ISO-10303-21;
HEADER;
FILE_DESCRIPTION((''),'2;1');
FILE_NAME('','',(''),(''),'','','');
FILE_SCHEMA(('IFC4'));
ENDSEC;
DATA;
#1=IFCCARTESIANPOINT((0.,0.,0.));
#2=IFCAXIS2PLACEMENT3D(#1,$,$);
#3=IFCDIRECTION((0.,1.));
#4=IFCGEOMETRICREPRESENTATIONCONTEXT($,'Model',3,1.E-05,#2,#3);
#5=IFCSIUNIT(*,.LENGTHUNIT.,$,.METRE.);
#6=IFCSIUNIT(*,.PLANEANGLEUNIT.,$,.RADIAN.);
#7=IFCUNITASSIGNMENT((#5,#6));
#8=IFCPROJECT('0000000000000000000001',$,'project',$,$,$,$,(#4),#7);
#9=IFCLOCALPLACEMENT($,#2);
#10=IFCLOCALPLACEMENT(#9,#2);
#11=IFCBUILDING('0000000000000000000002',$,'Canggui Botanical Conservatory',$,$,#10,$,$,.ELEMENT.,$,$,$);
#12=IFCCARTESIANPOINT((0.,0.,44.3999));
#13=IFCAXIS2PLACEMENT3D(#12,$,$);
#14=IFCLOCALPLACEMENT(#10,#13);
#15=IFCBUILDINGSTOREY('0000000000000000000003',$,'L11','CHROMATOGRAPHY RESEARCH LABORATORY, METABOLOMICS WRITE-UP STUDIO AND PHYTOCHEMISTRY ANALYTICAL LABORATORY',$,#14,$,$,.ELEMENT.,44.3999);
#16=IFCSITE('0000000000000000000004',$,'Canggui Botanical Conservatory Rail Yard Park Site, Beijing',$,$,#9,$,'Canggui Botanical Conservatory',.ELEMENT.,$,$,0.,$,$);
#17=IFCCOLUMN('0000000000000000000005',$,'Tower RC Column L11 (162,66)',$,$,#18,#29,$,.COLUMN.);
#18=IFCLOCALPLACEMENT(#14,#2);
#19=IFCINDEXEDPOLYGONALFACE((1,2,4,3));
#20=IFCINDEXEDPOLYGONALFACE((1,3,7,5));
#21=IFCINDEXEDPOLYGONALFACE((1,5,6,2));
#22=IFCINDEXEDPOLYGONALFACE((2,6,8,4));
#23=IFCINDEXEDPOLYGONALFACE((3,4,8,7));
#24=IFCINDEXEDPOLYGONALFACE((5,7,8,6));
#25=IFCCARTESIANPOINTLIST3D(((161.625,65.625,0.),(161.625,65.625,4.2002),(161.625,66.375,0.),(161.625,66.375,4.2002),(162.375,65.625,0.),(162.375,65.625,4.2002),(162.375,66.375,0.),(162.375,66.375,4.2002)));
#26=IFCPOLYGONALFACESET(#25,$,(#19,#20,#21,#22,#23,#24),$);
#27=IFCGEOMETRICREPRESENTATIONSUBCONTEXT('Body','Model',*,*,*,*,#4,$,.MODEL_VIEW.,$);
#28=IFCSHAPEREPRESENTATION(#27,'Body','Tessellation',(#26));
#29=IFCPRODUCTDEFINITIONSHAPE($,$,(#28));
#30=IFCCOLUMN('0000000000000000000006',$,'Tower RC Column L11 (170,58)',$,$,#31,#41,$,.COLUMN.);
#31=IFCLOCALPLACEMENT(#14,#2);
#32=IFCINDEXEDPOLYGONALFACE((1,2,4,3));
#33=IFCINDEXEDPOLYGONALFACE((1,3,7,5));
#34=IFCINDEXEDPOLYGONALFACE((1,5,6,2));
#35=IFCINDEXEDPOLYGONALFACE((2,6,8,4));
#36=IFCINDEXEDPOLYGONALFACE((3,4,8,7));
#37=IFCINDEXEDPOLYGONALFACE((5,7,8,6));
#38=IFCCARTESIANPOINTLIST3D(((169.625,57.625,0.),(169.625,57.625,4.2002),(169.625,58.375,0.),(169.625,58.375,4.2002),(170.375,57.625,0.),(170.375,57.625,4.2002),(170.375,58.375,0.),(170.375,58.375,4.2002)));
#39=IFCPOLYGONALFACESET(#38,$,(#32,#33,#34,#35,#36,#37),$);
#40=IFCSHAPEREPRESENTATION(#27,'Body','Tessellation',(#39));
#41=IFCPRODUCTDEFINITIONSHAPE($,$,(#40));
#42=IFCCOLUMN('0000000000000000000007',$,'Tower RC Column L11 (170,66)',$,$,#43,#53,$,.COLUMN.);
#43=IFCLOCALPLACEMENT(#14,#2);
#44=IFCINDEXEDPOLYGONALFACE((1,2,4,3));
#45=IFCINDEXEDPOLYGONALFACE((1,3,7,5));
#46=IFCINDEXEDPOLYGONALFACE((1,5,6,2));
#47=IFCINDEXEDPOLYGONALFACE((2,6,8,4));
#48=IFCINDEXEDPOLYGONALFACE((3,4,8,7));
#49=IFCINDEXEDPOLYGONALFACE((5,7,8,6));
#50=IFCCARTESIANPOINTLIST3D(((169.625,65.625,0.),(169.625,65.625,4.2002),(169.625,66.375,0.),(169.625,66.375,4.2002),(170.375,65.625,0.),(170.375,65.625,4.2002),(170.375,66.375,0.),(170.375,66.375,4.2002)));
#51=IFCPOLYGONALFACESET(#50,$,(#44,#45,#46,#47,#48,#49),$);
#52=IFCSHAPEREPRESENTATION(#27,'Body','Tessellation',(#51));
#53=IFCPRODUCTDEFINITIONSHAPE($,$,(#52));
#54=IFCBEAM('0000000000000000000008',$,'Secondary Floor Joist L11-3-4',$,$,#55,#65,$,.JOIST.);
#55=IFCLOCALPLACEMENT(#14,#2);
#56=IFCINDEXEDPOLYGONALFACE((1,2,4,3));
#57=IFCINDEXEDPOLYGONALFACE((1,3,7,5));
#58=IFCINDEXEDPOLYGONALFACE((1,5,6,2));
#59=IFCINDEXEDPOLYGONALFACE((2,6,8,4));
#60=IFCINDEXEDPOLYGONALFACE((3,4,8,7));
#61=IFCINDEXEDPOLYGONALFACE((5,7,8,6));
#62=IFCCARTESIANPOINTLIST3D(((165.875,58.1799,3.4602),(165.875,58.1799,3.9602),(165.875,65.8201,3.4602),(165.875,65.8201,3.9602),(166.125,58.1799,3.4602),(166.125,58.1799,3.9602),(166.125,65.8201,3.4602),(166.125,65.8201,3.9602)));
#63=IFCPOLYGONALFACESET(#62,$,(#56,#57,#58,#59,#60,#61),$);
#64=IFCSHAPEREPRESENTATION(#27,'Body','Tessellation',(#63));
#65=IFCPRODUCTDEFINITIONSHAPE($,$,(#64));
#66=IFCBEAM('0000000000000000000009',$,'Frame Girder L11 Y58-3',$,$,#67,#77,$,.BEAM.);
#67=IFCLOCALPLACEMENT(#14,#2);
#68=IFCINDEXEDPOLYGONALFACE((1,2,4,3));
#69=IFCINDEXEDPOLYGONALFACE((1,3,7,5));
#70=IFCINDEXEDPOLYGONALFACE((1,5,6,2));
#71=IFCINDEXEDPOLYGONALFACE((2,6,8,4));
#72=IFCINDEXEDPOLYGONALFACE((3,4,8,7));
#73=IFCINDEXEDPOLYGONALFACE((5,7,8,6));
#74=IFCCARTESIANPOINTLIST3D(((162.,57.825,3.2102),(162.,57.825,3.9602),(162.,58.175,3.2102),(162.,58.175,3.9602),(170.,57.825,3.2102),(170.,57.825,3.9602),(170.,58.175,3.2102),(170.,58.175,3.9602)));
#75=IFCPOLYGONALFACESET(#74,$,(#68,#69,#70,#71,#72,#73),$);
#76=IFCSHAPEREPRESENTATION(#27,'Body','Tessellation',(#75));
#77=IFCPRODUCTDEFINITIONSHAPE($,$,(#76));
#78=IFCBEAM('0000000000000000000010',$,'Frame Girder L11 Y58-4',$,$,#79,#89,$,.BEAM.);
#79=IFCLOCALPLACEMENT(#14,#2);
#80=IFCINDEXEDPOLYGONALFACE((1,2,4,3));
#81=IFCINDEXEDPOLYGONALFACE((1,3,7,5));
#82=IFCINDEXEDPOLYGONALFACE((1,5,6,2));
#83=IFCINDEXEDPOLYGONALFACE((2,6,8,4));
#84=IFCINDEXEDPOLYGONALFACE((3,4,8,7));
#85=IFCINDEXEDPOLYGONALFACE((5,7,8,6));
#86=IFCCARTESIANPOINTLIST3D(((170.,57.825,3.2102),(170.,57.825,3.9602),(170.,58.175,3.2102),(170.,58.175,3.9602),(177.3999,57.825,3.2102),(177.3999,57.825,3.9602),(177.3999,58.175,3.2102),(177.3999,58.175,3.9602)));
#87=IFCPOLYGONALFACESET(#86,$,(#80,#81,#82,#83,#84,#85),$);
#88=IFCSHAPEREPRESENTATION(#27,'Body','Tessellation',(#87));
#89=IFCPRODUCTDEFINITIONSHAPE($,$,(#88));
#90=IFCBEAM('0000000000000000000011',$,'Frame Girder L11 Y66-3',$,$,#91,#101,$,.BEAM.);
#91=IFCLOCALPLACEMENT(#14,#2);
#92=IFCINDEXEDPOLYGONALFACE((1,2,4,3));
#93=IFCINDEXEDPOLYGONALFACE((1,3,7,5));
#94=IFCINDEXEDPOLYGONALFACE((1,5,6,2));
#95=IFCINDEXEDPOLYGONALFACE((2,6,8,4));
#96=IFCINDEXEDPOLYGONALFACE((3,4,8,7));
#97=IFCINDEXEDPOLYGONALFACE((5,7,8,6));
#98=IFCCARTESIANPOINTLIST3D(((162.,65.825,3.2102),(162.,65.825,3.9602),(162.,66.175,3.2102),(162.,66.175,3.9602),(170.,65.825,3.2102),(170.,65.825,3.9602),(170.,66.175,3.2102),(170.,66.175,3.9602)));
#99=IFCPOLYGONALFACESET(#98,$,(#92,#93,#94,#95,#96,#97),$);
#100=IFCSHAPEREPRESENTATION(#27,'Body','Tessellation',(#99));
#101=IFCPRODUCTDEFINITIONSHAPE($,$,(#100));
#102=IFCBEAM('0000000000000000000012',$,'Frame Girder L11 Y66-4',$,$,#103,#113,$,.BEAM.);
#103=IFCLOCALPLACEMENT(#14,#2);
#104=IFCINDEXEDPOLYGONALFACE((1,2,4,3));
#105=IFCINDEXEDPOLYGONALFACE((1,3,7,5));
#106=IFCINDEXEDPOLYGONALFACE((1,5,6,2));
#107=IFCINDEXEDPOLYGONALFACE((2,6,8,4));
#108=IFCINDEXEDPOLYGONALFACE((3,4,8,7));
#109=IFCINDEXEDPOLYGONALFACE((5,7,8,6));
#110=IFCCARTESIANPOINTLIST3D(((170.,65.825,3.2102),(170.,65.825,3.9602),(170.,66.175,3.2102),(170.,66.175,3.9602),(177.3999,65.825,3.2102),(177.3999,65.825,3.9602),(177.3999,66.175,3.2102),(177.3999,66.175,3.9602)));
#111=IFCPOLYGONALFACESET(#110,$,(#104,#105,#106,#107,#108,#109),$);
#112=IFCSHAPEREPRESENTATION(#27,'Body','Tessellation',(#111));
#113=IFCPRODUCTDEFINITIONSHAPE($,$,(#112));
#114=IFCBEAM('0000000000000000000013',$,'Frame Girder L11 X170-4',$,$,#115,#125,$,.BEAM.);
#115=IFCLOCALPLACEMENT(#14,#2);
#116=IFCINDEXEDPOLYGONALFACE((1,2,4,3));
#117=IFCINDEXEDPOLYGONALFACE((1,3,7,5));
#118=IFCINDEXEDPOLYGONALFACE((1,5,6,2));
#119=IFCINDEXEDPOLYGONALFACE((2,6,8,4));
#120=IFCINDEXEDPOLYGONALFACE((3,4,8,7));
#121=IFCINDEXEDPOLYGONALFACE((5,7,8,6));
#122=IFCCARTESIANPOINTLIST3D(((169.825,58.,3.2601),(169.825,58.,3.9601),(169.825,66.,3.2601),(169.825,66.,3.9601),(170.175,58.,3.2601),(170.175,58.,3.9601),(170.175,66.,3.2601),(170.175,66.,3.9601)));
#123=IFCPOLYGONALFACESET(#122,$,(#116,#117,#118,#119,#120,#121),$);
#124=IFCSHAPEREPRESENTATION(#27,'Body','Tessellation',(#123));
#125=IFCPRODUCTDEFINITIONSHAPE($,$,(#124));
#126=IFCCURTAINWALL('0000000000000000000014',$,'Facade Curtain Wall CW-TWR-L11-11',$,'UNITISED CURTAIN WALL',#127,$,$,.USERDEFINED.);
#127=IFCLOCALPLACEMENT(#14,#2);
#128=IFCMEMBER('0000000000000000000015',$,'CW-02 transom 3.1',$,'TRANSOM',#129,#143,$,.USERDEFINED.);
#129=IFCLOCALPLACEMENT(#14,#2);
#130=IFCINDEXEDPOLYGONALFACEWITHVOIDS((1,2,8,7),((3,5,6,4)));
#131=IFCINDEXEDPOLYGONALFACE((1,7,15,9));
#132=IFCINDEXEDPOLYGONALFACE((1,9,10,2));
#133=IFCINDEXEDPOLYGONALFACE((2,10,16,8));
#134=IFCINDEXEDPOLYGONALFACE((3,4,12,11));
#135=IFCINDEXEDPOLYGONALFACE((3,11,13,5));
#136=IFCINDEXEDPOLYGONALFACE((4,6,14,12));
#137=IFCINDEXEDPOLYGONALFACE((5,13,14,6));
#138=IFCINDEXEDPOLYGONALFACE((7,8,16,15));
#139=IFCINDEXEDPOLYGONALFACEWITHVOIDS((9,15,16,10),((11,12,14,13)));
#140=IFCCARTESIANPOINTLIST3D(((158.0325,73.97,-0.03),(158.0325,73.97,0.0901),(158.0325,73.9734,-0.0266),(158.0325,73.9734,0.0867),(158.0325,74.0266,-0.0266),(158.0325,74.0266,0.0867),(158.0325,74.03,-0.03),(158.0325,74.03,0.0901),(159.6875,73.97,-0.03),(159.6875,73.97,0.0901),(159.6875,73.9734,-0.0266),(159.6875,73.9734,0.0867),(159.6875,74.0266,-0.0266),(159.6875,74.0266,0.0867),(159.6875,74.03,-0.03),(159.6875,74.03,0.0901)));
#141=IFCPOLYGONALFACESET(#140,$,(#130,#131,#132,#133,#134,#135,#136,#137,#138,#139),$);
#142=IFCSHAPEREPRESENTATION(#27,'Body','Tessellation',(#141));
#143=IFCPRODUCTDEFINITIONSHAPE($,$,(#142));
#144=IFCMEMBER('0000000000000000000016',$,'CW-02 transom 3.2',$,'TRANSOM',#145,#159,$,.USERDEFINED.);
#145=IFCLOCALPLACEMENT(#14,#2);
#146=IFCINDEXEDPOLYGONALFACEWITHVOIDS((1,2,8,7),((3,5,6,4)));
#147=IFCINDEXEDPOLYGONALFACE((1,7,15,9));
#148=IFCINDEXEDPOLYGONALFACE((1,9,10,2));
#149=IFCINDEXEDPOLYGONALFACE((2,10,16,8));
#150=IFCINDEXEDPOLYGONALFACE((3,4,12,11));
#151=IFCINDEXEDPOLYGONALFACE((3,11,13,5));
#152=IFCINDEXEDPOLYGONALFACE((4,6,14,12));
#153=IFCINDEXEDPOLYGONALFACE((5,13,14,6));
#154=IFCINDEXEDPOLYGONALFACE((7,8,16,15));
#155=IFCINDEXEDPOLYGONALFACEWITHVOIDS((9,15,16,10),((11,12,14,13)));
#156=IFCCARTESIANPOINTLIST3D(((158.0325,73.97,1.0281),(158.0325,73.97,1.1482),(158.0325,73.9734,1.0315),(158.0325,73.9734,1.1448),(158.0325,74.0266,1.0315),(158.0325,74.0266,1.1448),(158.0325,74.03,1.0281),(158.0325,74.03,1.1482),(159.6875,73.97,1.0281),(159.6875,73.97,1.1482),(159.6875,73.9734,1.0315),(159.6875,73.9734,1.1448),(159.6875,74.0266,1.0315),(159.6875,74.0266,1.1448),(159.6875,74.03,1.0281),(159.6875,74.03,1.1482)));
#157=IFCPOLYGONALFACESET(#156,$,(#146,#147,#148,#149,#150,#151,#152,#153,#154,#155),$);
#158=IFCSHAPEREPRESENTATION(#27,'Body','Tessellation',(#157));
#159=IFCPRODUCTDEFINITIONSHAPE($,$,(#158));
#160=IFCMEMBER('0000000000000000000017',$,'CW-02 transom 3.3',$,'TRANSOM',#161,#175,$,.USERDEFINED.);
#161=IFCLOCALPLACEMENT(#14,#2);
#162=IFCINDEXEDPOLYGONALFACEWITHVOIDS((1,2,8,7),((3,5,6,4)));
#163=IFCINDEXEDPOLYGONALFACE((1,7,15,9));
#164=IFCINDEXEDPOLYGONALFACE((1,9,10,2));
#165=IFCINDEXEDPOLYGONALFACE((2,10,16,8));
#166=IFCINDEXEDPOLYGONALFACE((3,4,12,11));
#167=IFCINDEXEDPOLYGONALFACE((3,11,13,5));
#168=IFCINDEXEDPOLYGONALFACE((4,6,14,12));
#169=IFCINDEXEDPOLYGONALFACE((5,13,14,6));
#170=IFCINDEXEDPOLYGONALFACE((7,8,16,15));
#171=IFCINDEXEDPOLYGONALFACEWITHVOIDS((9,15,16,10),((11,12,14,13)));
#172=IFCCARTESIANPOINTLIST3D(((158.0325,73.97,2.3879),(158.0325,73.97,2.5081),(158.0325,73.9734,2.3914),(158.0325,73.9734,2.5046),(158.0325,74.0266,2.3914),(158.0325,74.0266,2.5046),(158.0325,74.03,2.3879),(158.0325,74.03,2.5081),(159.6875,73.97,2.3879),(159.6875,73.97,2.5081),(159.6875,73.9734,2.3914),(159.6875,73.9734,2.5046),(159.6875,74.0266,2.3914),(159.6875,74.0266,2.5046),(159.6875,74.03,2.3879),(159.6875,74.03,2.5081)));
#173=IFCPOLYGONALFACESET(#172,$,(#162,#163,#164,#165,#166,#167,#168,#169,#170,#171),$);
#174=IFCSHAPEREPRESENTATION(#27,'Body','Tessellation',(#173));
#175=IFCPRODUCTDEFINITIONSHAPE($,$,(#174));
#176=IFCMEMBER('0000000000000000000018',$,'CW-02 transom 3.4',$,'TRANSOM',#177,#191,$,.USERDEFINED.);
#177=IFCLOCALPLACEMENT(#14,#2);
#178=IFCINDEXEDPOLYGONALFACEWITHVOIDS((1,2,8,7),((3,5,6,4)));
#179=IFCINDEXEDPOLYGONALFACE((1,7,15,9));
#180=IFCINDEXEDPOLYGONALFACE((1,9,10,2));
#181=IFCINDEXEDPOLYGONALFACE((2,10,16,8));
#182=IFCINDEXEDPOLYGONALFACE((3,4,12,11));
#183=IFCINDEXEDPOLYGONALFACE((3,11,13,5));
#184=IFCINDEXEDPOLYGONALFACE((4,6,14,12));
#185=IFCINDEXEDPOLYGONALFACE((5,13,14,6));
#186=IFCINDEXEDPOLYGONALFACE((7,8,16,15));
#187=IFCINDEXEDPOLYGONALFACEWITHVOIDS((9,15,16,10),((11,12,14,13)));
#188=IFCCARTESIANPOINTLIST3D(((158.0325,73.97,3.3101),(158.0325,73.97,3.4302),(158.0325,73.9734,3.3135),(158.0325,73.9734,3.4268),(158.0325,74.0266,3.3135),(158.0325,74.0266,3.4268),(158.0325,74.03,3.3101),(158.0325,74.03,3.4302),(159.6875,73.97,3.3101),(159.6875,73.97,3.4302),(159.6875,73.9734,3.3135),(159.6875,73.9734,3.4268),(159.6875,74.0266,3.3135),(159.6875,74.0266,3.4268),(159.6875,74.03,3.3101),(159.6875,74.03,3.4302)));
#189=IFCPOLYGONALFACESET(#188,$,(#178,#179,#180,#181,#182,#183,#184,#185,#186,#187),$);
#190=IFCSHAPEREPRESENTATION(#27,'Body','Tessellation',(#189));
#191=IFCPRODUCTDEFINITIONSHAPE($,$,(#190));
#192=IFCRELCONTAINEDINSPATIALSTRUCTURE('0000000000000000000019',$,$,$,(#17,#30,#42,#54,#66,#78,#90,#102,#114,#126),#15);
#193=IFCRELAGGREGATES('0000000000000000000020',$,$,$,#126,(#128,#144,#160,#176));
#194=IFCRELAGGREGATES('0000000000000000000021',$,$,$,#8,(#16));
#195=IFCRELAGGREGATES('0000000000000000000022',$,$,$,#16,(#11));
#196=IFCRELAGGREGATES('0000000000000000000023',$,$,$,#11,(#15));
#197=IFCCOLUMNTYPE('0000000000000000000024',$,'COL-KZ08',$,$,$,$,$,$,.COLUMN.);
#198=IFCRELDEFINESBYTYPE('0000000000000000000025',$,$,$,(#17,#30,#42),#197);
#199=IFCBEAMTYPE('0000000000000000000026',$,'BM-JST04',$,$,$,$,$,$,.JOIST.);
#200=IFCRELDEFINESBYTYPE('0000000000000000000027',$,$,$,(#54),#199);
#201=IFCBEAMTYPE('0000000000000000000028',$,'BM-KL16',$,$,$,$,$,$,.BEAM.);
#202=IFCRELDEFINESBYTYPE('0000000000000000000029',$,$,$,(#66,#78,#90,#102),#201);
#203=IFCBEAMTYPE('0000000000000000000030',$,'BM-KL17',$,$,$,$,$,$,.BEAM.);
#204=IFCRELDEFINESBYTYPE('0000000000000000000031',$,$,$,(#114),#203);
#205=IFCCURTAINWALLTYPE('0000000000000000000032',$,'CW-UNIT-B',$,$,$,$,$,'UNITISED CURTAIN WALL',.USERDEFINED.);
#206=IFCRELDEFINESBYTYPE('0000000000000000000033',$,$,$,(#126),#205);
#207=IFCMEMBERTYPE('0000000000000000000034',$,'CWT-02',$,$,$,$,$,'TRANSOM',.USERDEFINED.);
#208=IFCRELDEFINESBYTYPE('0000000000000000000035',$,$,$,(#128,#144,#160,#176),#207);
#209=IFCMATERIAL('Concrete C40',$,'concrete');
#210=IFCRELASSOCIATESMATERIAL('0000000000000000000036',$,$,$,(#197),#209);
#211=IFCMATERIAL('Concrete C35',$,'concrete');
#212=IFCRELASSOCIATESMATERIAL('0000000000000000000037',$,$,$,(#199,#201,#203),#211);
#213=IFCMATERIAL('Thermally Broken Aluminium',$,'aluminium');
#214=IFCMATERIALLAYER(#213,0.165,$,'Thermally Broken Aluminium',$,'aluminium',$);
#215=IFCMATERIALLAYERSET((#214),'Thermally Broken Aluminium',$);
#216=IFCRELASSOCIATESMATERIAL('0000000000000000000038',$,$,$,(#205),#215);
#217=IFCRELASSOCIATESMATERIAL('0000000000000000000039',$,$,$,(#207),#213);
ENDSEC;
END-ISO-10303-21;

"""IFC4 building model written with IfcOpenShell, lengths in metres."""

from ifc_helpers import new_model, si_unit, direction, frame, origin, origin_2d, place, context, subcontext, project, spatial, rectangle, hollow_rectangle, extrude, material, layer, layer_set, material_profile, profile_set, type_object, element, aggregate, save


model = new_model("IFC4")

# Units and contexts
model_context = context("Model", 3, precision=1e-05, world=origin(), true_north=direction((0.0, 1.0)))
body_context = subcontext(model_context, "Body", "Model", "MODEL_VIEW")
ifc_project = project(units=[si_unit("LENGTHUNIT", "METRE"), si_unit("PLANEANGLEUNIT", "RADIAN")], contexts=[model_context])

# Site, building, storey
site_placement = place(None, origin())
site = spatial("IfcSite", under=ifc_project, at=site_placement, Name="Canggui Botanical Conservatory Rail Yard Park Site, Beijing", LongName="Canggui Botanical Conservatory", CompositionType="ELEMENT", RefElevation=0.0)
building_placement = place(site_placement, origin())
building = spatial("IfcBuilding", under=site, at=building_placement, Name="Canggui Botanical Conservatory", CompositionType="ELEMENT")
storey_placement = place(building_placement, frame((0.0, 0.0, 44.3999)))
storey = spatial("IfcBuildingStorey", under=building, at=storey_placement, Name="L11", Description="CHROMATOGRAPHY RESEARCH LABORATORY, METABOLOMICS WRITE-UP STUDIO AND PHYTOCHEMISTRY ANALYTICAL LABORATORY", CompositionType="ELEMENT", Elevation=44.3999)

# Columns
ifc_material_1 = material(Name="Concrete C40", Category="concrete")
ifc_material_profile_1 = material_profile(ifc_material_1, rectangle(XDim=0.75, YDim=0.75, at=origin_2d()), Name="RC 750x750")
ifc_profile_set_1 = profile_set([ifc_material_profile_1], Name="Concrete C40")
column_type = type_object("IfcColumnType", Name="COL-KZ08", PredefinedType="COLUMN", material=ifc_profile_set_1)
for number, where, z_axis, x_axis, name in (
    (1, (162.0, 66.0, 0.0), (0.0, 0.0, 1.0), (1.0, 0.0, 0.0), "Tower RC Column L11 (162,66)"),
    (2, (170.0, 58.0, 0.0), (0.0, 0.0, 1.0), (1.0, 0.0, 0.0), "Tower RC Column L11 (170,58)"),
    (3, (170.0, 66.0, 0.0), (0.0, 0.0, 1.0), (1.0, 0.0, 0.0), "Tower RC Column L11 (170,66)"),
):
    element("IfcColumn", number, at=place(storey_placement, frame(where, z_axis=z_axis, x_axis=x_axis)), inside=storey, type_object=column_type, Name=name, PredefinedType="COLUMN", context=body_context, shape_type="SweptSolid", body=[
        extrude(rectangle(XDim=0.75, YDim=0.75, at=origin_2d()), origin(), (0.0, 0.0, 1.0), 4.2002),
    ])

# Beams
ifc_material_2 = material(Name="Concrete C35", Category="concrete")
ifc_material_profile_2 = material_profile(ifc_material_2, rectangle(XDim=0.25, YDim=0.5, at=origin_2d()), Name="RB 250x500")
ifc_profile_set_2 = profile_set([ifc_material_profile_2], Name="Concrete C35")
beam_type_1 = type_object("IfcBeamType", Name="BM-JST04", PredefinedType="JOIST", material=ifc_profile_set_2)
beam_1_placement = place(storey_placement, frame((166.0, 58.1799, 3.7102), z_axis=(0.0, 1.0, 0.0), x_axis=(-1.0, 0.0, 0.0)))
element("IfcBeam", 4, at=beam_1_placement, inside=storey, type_object=beam_type_1, Name="Secondary Floor Joist L11-3-4", PredefinedType="JOIST", context=body_context, shape_type="SweptSolid", body=[
    extrude(rectangle(XDim=0.25, YDim=0.5, at=origin_2d()), origin(), (0.0, 0.0, 1.0), 7.6401),
])
ifc_material_profile_3 = material_profile(ifc_material_2, rectangle(XDim=0.3501, YDim=0.75, at=origin_2d()), Name="RB 350x750")
ifc_profile_set_3 = profile_set([ifc_material_profile_3], Name="Concrete C35")
beam_type_2 = type_object("IfcBeamType", Name="BM-KL16", PredefinedType="BEAM", material=ifc_profile_set_3)
beam_2_placement = place(storey_placement, frame((162.0, 58.0, 3.5852), z_axis=(1.0, 0.0, 0.0), x_axis=(0.0, 1.0, 0.0)))
element("IfcBeam", 5, at=beam_2_placement, inside=storey, type_object=beam_type_2, Name="Frame Girder L11 Y58-3", PredefinedType="BEAM", context=body_context, shape_type="SweptSolid", body=[
    extrude(rectangle(XDim=0.3501, YDim=0.75, at=origin_2d()), origin(), (0.0, 0.0, 1.0), 8.0),
])
beam_3_placement = place(storey_placement, frame((170.0, 58.0, 3.5852), z_axis=(1.0, 0.0, 0.0), x_axis=(0.0, 1.0, 0.0)))
element("IfcBeam", 6, at=beam_3_placement, inside=storey, type_object=beam_type_2, Name="Frame Girder L11 Y58-4", PredefinedType="BEAM", context=body_context, shape_type="SweptSolid", body=[
    extrude(rectangle(XDim=0.3501, YDim=0.75, at=origin_2d()), origin(), (0.0, 0.0, 1.0), 7.3999),
])
beam_4_placement = place(storey_placement, frame((162.0, 66.0, 3.5852), z_axis=(1.0, 0.0, 0.0), x_axis=(0.0, 1.0, 0.0)))
element("IfcBeam", 7, at=beam_4_placement, inside=storey, type_object=beam_type_2, Name="Frame Girder L11 Y66-3", PredefinedType="BEAM", context=body_context, shape_type="SweptSolid", body=[
    extrude(rectangle(XDim=0.3501, YDim=0.75, at=origin_2d()), origin(), (0.0, 0.0, 1.0), 8.0),
])
beam_5_placement = place(storey_placement, frame((170.0, 66.0, 3.5852), z_axis=(1.0, 0.0, 0.0), x_axis=(0.0, 1.0, 0.0)))
element("IfcBeam", 8, at=beam_5_placement, inside=storey, type_object=beam_type_2, Name="Frame Girder L11 Y66-4", PredefinedType="BEAM", context=body_context, shape_type="SweptSolid", body=[
    extrude(rectangle(XDim=0.3501, YDim=0.75, at=origin_2d()), origin(), (0.0, 0.0, 1.0), 7.3999),
])
ifc_material_profile_4 = material_profile(ifc_material_2, rectangle(XDim=0.3501, YDim=0.7, at=origin_2d()), Name="RB 350x700")
ifc_profile_set_4 = profile_set([ifc_material_profile_4], Name="Concrete C35")
beam_type_3 = type_object("IfcBeamType", Name="BM-KL17", PredefinedType="BEAM", material=ifc_profile_set_4)
beam_6_placement = place(storey_placement, frame((170.0, 58.0, 3.6101), z_axis=(0.0, 1.0, 0.0), x_axis=(-1.0, 0.0, 0.0)))
element("IfcBeam", 9, at=beam_6_placement, inside=storey, type_object=beam_type_3, Name="Frame Girder L11 X170-4", PredefinedType="BEAM", context=body_context, shape_type="SweptSolid", body=[
    extrude(rectangle(XDim=0.3501, YDim=0.7, at=origin_2d()), origin(), (0.0, 0.0, 1.0), 8.0),
])

# Curtain wall, members
ifc_material_3 = material(Name="Thermally Broken Aluminium", Category="aluminium")
ifc_layer_1 = layer(ifc_material_3, 0.165, Name="Thermally Broken Aluminium", Category="aluminium")
ifc_layer_set_1 = layer_set([ifc_layer_1], Name="Thermally Broken Aluminium")
curtain_wall_type = type_object("IfcCurtainWallType", Name="CW-UNIT-B", ElementType="UNITISED CURTAIN WALL", PredefinedType="USERDEFINED", material=ifc_layer_set_1)
curtain_wall_placement = place(storey_placement, origin())
curtain_wall = element("IfcCurtainWall", 10, at=curtain_wall_placement, inside=storey, type_object=curtain_wall_type, Name="Facade Curtain Wall CW-TWR-L11-11", ObjectType="UNITISED CURTAIN WALL", PredefinedType="USERDEFINED")
ifc_material_profile_5 = material_profile(ifc_material_3, hollow_rectangle(XDim=0.0601, YDim=0.1201, WallThickness=0.0034, at=origin_2d()), Name="CWT 60x120x3.5")
ifc_profile_set_5 = profile_set([ifc_material_profile_5], Name="Thermally Broken Aluminium")
member_type = type_object("IfcMemberType", Name="CWT-02", ElementType="TRANSOM", PredefinedType="USERDEFINED", material=ifc_profile_set_5)
member_1_placement = place(storey_placement, frame((158.0325, 74.0, 0.03), z_axis=(1.0, 0.0, 0.0), x_axis=(0.0, 1.0, 0.0)))
member_1 = element("IfcMember", 11, at=member_1_placement, type_object=member_type, Name="CW-02 transom 3.1", ObjectType="TRANSOM", PredefinedType="USERDEFINED", context=body_context, shape_type="SweptSolid", body=[
    extrude(hollow_rectangle(XDim=0.0601, YDim=0.1201, WallThickness=0.0034, at=origin_2d()), origin(), (0.0, 0.0, 1.0), 1.655),
])
member_2_placement = place(storey_placement, frame((158.0325, 74.0, 1.0881), z_axis=(1.0, 0.0, 0.0), x_axis=(0.0, 1.0, 0.0)))
member_2 = element("IfcMember", 12, at=member_2_placement, type_object=member_type, Name="CW-02 transom 3.2", ObjectType="TRANSOM", PredefinedType="USERDEFINED", context=body_context, shape_type="SweptSolid", body=[
    extrude(hollow_rectangle(XDim=0.0601, YDim=0.1201, WallThickness=0.0034, at=origin_2d()), origin(), (0.0, 0.0, 1.0), 1.655),
])
member_3_placement = place(storey_placement, frame((158.0325, 74.0, 2.448), z_axis=(1.0, 0.0, 0.0), x_axis=(0.0, 1.0, 0.0)))
member_3 = element("IfcMember", 13, at=member_3_placement, type_object=member_type, Name="CW-02 transom 3.3", ObjectType="TRANSOM", PredefinedType="USERDEFINED", context=body_context, shape_type="SweptSolid", body=[
    extrude(hollow_rectangle(XDim=0.0601, YDim=0.1201, WallThickness=0.0034, at=origin_2d()), origin(), (0.0, 0.0, 1.0), 1.655),
])
member_4_placement = place(storey_placement, frame((158.0325, 74.0, 3.3701), z_axis=(1.0, 0.0, 0.0), x_axis=(0.0, 1.0, 0.0)))
member_4 = element("IfcMember", 14, at=member_4_placement, type_object=member_type, Name="CW-02 transom 3.4", ObjectType="TRANSOM", PredefinedType="USERDEFINED", context=body_context, shape_type="SweptSolid", body=[
    extrude(hollow_rectangle(XDim=0.0601, YDim=0.1201, WallThickness=0.0034, at=origin_2d()), origin(), (0.0, 0.0, 1.0), 1.655),
])
aggregate(curtain_wall, [member_1, member_2, member_3, member_4])

save(model, "model.ifc")
